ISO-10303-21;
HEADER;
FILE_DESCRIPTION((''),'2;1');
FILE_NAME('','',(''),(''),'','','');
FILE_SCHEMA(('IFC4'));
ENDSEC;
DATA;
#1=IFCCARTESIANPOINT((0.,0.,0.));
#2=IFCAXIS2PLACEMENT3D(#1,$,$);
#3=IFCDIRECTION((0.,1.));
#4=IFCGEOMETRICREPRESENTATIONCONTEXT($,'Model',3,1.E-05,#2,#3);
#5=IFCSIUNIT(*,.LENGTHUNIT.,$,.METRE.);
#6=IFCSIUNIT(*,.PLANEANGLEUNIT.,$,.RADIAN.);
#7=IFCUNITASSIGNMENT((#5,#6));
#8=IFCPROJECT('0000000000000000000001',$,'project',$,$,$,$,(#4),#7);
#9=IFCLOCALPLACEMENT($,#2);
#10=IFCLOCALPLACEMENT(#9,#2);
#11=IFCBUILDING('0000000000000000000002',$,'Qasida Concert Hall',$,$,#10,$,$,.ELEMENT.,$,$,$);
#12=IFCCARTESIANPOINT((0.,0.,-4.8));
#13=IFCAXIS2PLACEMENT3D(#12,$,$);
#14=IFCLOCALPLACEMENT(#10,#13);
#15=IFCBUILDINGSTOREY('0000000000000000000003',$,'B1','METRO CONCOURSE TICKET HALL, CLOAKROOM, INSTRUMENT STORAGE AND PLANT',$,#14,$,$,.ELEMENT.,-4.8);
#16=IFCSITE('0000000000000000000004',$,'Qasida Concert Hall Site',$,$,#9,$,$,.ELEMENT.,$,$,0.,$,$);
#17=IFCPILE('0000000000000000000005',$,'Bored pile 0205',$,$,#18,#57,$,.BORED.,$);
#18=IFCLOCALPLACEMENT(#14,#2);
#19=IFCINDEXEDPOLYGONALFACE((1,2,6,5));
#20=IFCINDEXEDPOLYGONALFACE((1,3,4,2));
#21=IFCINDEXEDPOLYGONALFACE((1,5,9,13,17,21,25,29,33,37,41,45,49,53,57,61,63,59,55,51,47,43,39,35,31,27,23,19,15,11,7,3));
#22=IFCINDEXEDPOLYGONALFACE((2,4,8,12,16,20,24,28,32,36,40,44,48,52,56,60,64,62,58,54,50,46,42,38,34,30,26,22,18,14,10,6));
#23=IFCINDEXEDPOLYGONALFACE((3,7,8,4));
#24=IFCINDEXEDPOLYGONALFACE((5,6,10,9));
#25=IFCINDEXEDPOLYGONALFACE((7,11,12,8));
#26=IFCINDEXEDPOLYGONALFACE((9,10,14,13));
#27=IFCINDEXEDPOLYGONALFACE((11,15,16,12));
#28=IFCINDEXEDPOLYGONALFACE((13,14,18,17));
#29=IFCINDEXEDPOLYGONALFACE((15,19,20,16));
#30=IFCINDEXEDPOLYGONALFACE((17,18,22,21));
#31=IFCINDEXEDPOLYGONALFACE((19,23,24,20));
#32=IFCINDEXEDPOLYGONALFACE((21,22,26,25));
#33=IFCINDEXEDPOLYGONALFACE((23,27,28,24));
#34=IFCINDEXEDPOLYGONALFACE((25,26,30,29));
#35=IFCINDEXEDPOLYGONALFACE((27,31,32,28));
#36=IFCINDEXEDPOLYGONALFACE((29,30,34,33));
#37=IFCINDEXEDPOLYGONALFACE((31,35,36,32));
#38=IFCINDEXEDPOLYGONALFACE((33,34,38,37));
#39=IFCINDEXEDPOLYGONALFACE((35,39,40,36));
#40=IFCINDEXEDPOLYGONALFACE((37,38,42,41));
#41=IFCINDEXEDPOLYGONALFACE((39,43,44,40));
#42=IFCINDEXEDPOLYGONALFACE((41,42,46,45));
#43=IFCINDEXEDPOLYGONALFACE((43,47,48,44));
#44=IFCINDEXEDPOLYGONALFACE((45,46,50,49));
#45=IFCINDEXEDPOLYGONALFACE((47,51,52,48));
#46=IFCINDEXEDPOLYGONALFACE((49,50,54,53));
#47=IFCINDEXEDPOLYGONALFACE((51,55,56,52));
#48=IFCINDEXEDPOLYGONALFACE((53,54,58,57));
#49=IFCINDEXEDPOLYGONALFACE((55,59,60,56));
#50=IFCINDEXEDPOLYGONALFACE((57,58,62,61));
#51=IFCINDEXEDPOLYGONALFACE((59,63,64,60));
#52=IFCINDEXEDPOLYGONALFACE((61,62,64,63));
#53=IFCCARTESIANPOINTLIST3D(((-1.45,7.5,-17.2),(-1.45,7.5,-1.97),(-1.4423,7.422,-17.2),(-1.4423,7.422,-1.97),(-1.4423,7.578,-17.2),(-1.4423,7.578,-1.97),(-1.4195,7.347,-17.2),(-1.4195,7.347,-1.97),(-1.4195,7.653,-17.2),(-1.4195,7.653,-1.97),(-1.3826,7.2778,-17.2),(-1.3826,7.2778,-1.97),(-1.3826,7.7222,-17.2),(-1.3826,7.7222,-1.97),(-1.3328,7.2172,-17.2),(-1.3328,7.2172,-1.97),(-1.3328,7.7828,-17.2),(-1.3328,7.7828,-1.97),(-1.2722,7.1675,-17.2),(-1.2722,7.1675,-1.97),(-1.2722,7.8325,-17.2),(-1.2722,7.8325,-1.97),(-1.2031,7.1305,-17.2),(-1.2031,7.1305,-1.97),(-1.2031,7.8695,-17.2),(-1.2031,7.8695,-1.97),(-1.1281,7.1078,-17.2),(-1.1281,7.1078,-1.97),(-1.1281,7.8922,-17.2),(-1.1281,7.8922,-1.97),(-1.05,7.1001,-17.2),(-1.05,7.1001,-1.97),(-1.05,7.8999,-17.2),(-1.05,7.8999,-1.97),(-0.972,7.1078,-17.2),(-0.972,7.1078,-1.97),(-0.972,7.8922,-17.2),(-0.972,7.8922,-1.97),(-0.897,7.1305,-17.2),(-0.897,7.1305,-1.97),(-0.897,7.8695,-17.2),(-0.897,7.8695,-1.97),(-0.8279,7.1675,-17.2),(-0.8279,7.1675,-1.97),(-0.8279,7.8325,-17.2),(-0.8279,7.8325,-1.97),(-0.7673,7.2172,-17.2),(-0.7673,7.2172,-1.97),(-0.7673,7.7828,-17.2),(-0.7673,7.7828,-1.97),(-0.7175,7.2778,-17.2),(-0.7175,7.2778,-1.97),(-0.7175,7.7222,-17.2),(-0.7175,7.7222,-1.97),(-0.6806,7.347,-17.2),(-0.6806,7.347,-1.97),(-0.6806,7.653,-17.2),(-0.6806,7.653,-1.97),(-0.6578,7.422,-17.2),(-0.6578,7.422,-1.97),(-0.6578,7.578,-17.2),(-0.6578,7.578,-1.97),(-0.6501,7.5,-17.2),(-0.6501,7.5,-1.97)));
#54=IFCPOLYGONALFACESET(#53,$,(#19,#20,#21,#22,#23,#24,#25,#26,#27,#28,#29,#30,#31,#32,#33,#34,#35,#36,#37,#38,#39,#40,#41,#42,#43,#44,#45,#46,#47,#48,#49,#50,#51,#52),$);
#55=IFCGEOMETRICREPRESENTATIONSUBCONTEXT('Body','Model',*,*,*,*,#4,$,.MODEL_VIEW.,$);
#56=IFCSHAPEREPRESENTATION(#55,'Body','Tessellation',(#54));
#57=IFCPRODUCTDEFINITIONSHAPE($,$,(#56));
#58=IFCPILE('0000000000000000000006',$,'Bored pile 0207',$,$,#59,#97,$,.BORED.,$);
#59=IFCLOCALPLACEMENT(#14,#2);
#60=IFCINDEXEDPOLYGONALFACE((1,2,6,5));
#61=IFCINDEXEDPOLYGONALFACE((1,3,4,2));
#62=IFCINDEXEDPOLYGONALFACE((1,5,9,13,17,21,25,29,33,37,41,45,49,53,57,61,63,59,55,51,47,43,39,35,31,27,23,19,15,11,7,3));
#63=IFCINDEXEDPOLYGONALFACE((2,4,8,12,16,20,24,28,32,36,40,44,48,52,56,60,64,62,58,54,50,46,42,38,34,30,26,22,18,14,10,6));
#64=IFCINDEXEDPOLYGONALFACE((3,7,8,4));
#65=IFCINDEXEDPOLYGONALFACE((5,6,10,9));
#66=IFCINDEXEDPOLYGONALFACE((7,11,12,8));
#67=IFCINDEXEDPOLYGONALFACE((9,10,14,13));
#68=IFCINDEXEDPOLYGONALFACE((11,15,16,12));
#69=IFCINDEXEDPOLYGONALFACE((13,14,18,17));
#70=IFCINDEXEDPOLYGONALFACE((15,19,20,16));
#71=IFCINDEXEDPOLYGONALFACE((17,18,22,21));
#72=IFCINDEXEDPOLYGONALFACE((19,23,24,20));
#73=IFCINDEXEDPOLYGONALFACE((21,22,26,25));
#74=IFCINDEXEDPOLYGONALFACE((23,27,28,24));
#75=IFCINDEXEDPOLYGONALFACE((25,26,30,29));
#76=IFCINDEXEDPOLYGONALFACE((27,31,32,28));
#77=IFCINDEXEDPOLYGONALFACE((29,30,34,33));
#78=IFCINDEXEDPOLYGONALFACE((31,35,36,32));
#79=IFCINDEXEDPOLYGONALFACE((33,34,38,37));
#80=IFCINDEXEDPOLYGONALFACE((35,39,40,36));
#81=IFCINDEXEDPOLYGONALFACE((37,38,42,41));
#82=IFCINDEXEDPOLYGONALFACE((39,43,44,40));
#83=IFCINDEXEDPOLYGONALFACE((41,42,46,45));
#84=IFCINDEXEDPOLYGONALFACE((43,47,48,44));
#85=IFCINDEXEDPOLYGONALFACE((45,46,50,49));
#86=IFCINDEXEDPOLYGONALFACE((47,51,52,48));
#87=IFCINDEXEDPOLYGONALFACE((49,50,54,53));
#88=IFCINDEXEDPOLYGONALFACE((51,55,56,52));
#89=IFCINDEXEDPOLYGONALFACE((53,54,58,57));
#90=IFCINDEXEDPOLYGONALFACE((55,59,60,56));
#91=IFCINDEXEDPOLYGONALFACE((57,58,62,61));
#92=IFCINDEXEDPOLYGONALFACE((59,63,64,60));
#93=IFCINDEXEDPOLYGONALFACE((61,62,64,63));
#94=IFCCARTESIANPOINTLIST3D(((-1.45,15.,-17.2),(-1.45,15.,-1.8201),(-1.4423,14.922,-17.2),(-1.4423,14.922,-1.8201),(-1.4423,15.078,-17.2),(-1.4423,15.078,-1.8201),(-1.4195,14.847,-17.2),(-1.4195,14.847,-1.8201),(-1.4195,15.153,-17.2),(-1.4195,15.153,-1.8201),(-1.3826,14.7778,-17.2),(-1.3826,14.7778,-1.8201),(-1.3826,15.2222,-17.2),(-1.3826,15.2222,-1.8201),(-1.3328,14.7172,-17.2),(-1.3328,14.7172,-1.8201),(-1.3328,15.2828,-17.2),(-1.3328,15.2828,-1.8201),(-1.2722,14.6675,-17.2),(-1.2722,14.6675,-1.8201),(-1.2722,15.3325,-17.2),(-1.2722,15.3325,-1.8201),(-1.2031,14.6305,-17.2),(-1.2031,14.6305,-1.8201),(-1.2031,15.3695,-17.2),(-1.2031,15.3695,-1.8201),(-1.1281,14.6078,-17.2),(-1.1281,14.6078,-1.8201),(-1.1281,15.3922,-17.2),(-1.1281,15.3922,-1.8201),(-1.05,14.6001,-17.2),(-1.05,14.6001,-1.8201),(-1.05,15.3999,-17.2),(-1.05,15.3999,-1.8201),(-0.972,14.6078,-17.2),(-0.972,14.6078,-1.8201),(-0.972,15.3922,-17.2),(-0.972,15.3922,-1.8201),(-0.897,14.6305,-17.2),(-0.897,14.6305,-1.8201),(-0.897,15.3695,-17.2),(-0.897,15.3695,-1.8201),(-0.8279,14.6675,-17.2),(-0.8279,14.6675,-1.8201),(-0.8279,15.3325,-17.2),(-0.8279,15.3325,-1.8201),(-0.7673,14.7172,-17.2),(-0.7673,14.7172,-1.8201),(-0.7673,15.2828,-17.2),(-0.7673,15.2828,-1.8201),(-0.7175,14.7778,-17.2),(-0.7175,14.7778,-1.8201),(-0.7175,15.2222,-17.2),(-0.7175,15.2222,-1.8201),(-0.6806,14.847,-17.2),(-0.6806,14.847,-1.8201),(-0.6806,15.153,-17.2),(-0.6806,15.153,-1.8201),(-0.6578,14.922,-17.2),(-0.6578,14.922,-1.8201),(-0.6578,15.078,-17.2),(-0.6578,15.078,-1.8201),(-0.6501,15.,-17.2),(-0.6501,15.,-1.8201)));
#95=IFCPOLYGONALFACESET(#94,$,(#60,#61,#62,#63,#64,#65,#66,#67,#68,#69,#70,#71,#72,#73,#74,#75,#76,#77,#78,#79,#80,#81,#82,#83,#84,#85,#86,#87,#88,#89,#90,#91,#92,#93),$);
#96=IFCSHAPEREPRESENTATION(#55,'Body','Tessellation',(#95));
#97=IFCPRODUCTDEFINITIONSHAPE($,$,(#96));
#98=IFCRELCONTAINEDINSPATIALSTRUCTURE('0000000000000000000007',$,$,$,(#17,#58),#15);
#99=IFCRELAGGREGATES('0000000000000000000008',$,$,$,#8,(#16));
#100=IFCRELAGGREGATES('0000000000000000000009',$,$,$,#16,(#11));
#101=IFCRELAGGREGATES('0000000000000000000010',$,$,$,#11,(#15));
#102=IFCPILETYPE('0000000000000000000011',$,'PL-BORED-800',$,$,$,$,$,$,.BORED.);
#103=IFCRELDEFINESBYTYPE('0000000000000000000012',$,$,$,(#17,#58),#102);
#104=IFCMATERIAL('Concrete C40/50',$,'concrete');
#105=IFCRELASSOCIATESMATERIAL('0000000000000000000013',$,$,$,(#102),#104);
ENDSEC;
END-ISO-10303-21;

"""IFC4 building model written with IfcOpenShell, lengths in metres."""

from ifc_helpers import new_model, si_unit, direction, frame, origin, origin_2d, place, context, subcontext, project, spatial, circle, extrude, material, material_profile, profile_set, type_object, element, save


model = new_model("IFC4")

# Units and contexts
model_context = context("Model", 3, precision=1e-05, world=origin(), true_north=direction((0.0, 1.0)))
body_context = subcontext(model_context, "Body", "Model", "MODEL_VIEW")
ifc_project = project(units=[si_unit("LENGTHUNIT", "METRE"), si_unit("PLANEANGLEUNIT", "RADIAN")], contexts=[model_context])

# Site, building, storey
site_placement = place(None, origin())
site = spatial("IfcSite", under=ifc_project, at=site_placement, Name="Qasida Concert Hall Site", CompositionType="ELEMENT", RefElevation=0.0)
building_placement = place(site_placement, origin())
building = spatial("IfcBuilding", under=site, at=building_placement, Name="Qasida Concert Hall", CompositionType="ELEMENT")
storey_placement = place(building_placement, frame((0.0, 0.0, -4.8)))
storey = spatial("IfcBuildingStorey", under=building, at=storey_placement, Name="B1", Description="METRO CONCOURSE TICKET HALL, CLOAKROOM, INSTRUMENT STORAGE AND PLANT", CompositionType="ELEMENT", Elevation=-4.8)

# Shared definitions
ifc_material = material(Name="Concrete C40/50", Category="concrete")

# Piles
ifc_material_profile = material_profile(ifc_material, circle(Radius=0.3999, at=origin_2d()), Name="BORED PILE D800")
ifc_profile_set = profile_set([ifc_material_profile], Name="Concrete C40/50")
pile_type = type_object("IfcPileType", Name="PL-BORED-800", PredefinedType="BORED", material=ifc_profile_set)
pile_1_placement = place(storey_placement, frame((-1.05, 7.5, -1.97), z_axis=(0.0, 0.0, -1.0), x_axis=(1.0, 0.0, 0.0)))
element("IfcPile", 1, at=pile_1_placement, inside=storey, type_object=pile_type, Name="Bored pile 0205", PredefinedType="BORED", context=body_context, shape_type="SweptSolid", body=[
    extrude(circle(Radius=0.3999, at=origin_2d()), origin(), (0.0, 0.0, 1.0), 15.23),
])
pile_2_placement = place(storey_placement, frame((-1.05, 15.0, -1.8201), z_axis=(0.0, 0.0, -1.0), x_axis=(1.0, 0.0, 0.0)))
element("IfcPile", 2, at=pile_2_placement, inside=storey, type_object=pile_type, Name="Bored pile 0207", PredefinedType="BORED", context=body_context, shape_type="SweptSolid", body=[
    extrude(circle(Radius=0.3999, at=origin_2d()), origin(), (0.0, 0.0, 1.0), 15.3799),
])

save(model, "model.ifc")
